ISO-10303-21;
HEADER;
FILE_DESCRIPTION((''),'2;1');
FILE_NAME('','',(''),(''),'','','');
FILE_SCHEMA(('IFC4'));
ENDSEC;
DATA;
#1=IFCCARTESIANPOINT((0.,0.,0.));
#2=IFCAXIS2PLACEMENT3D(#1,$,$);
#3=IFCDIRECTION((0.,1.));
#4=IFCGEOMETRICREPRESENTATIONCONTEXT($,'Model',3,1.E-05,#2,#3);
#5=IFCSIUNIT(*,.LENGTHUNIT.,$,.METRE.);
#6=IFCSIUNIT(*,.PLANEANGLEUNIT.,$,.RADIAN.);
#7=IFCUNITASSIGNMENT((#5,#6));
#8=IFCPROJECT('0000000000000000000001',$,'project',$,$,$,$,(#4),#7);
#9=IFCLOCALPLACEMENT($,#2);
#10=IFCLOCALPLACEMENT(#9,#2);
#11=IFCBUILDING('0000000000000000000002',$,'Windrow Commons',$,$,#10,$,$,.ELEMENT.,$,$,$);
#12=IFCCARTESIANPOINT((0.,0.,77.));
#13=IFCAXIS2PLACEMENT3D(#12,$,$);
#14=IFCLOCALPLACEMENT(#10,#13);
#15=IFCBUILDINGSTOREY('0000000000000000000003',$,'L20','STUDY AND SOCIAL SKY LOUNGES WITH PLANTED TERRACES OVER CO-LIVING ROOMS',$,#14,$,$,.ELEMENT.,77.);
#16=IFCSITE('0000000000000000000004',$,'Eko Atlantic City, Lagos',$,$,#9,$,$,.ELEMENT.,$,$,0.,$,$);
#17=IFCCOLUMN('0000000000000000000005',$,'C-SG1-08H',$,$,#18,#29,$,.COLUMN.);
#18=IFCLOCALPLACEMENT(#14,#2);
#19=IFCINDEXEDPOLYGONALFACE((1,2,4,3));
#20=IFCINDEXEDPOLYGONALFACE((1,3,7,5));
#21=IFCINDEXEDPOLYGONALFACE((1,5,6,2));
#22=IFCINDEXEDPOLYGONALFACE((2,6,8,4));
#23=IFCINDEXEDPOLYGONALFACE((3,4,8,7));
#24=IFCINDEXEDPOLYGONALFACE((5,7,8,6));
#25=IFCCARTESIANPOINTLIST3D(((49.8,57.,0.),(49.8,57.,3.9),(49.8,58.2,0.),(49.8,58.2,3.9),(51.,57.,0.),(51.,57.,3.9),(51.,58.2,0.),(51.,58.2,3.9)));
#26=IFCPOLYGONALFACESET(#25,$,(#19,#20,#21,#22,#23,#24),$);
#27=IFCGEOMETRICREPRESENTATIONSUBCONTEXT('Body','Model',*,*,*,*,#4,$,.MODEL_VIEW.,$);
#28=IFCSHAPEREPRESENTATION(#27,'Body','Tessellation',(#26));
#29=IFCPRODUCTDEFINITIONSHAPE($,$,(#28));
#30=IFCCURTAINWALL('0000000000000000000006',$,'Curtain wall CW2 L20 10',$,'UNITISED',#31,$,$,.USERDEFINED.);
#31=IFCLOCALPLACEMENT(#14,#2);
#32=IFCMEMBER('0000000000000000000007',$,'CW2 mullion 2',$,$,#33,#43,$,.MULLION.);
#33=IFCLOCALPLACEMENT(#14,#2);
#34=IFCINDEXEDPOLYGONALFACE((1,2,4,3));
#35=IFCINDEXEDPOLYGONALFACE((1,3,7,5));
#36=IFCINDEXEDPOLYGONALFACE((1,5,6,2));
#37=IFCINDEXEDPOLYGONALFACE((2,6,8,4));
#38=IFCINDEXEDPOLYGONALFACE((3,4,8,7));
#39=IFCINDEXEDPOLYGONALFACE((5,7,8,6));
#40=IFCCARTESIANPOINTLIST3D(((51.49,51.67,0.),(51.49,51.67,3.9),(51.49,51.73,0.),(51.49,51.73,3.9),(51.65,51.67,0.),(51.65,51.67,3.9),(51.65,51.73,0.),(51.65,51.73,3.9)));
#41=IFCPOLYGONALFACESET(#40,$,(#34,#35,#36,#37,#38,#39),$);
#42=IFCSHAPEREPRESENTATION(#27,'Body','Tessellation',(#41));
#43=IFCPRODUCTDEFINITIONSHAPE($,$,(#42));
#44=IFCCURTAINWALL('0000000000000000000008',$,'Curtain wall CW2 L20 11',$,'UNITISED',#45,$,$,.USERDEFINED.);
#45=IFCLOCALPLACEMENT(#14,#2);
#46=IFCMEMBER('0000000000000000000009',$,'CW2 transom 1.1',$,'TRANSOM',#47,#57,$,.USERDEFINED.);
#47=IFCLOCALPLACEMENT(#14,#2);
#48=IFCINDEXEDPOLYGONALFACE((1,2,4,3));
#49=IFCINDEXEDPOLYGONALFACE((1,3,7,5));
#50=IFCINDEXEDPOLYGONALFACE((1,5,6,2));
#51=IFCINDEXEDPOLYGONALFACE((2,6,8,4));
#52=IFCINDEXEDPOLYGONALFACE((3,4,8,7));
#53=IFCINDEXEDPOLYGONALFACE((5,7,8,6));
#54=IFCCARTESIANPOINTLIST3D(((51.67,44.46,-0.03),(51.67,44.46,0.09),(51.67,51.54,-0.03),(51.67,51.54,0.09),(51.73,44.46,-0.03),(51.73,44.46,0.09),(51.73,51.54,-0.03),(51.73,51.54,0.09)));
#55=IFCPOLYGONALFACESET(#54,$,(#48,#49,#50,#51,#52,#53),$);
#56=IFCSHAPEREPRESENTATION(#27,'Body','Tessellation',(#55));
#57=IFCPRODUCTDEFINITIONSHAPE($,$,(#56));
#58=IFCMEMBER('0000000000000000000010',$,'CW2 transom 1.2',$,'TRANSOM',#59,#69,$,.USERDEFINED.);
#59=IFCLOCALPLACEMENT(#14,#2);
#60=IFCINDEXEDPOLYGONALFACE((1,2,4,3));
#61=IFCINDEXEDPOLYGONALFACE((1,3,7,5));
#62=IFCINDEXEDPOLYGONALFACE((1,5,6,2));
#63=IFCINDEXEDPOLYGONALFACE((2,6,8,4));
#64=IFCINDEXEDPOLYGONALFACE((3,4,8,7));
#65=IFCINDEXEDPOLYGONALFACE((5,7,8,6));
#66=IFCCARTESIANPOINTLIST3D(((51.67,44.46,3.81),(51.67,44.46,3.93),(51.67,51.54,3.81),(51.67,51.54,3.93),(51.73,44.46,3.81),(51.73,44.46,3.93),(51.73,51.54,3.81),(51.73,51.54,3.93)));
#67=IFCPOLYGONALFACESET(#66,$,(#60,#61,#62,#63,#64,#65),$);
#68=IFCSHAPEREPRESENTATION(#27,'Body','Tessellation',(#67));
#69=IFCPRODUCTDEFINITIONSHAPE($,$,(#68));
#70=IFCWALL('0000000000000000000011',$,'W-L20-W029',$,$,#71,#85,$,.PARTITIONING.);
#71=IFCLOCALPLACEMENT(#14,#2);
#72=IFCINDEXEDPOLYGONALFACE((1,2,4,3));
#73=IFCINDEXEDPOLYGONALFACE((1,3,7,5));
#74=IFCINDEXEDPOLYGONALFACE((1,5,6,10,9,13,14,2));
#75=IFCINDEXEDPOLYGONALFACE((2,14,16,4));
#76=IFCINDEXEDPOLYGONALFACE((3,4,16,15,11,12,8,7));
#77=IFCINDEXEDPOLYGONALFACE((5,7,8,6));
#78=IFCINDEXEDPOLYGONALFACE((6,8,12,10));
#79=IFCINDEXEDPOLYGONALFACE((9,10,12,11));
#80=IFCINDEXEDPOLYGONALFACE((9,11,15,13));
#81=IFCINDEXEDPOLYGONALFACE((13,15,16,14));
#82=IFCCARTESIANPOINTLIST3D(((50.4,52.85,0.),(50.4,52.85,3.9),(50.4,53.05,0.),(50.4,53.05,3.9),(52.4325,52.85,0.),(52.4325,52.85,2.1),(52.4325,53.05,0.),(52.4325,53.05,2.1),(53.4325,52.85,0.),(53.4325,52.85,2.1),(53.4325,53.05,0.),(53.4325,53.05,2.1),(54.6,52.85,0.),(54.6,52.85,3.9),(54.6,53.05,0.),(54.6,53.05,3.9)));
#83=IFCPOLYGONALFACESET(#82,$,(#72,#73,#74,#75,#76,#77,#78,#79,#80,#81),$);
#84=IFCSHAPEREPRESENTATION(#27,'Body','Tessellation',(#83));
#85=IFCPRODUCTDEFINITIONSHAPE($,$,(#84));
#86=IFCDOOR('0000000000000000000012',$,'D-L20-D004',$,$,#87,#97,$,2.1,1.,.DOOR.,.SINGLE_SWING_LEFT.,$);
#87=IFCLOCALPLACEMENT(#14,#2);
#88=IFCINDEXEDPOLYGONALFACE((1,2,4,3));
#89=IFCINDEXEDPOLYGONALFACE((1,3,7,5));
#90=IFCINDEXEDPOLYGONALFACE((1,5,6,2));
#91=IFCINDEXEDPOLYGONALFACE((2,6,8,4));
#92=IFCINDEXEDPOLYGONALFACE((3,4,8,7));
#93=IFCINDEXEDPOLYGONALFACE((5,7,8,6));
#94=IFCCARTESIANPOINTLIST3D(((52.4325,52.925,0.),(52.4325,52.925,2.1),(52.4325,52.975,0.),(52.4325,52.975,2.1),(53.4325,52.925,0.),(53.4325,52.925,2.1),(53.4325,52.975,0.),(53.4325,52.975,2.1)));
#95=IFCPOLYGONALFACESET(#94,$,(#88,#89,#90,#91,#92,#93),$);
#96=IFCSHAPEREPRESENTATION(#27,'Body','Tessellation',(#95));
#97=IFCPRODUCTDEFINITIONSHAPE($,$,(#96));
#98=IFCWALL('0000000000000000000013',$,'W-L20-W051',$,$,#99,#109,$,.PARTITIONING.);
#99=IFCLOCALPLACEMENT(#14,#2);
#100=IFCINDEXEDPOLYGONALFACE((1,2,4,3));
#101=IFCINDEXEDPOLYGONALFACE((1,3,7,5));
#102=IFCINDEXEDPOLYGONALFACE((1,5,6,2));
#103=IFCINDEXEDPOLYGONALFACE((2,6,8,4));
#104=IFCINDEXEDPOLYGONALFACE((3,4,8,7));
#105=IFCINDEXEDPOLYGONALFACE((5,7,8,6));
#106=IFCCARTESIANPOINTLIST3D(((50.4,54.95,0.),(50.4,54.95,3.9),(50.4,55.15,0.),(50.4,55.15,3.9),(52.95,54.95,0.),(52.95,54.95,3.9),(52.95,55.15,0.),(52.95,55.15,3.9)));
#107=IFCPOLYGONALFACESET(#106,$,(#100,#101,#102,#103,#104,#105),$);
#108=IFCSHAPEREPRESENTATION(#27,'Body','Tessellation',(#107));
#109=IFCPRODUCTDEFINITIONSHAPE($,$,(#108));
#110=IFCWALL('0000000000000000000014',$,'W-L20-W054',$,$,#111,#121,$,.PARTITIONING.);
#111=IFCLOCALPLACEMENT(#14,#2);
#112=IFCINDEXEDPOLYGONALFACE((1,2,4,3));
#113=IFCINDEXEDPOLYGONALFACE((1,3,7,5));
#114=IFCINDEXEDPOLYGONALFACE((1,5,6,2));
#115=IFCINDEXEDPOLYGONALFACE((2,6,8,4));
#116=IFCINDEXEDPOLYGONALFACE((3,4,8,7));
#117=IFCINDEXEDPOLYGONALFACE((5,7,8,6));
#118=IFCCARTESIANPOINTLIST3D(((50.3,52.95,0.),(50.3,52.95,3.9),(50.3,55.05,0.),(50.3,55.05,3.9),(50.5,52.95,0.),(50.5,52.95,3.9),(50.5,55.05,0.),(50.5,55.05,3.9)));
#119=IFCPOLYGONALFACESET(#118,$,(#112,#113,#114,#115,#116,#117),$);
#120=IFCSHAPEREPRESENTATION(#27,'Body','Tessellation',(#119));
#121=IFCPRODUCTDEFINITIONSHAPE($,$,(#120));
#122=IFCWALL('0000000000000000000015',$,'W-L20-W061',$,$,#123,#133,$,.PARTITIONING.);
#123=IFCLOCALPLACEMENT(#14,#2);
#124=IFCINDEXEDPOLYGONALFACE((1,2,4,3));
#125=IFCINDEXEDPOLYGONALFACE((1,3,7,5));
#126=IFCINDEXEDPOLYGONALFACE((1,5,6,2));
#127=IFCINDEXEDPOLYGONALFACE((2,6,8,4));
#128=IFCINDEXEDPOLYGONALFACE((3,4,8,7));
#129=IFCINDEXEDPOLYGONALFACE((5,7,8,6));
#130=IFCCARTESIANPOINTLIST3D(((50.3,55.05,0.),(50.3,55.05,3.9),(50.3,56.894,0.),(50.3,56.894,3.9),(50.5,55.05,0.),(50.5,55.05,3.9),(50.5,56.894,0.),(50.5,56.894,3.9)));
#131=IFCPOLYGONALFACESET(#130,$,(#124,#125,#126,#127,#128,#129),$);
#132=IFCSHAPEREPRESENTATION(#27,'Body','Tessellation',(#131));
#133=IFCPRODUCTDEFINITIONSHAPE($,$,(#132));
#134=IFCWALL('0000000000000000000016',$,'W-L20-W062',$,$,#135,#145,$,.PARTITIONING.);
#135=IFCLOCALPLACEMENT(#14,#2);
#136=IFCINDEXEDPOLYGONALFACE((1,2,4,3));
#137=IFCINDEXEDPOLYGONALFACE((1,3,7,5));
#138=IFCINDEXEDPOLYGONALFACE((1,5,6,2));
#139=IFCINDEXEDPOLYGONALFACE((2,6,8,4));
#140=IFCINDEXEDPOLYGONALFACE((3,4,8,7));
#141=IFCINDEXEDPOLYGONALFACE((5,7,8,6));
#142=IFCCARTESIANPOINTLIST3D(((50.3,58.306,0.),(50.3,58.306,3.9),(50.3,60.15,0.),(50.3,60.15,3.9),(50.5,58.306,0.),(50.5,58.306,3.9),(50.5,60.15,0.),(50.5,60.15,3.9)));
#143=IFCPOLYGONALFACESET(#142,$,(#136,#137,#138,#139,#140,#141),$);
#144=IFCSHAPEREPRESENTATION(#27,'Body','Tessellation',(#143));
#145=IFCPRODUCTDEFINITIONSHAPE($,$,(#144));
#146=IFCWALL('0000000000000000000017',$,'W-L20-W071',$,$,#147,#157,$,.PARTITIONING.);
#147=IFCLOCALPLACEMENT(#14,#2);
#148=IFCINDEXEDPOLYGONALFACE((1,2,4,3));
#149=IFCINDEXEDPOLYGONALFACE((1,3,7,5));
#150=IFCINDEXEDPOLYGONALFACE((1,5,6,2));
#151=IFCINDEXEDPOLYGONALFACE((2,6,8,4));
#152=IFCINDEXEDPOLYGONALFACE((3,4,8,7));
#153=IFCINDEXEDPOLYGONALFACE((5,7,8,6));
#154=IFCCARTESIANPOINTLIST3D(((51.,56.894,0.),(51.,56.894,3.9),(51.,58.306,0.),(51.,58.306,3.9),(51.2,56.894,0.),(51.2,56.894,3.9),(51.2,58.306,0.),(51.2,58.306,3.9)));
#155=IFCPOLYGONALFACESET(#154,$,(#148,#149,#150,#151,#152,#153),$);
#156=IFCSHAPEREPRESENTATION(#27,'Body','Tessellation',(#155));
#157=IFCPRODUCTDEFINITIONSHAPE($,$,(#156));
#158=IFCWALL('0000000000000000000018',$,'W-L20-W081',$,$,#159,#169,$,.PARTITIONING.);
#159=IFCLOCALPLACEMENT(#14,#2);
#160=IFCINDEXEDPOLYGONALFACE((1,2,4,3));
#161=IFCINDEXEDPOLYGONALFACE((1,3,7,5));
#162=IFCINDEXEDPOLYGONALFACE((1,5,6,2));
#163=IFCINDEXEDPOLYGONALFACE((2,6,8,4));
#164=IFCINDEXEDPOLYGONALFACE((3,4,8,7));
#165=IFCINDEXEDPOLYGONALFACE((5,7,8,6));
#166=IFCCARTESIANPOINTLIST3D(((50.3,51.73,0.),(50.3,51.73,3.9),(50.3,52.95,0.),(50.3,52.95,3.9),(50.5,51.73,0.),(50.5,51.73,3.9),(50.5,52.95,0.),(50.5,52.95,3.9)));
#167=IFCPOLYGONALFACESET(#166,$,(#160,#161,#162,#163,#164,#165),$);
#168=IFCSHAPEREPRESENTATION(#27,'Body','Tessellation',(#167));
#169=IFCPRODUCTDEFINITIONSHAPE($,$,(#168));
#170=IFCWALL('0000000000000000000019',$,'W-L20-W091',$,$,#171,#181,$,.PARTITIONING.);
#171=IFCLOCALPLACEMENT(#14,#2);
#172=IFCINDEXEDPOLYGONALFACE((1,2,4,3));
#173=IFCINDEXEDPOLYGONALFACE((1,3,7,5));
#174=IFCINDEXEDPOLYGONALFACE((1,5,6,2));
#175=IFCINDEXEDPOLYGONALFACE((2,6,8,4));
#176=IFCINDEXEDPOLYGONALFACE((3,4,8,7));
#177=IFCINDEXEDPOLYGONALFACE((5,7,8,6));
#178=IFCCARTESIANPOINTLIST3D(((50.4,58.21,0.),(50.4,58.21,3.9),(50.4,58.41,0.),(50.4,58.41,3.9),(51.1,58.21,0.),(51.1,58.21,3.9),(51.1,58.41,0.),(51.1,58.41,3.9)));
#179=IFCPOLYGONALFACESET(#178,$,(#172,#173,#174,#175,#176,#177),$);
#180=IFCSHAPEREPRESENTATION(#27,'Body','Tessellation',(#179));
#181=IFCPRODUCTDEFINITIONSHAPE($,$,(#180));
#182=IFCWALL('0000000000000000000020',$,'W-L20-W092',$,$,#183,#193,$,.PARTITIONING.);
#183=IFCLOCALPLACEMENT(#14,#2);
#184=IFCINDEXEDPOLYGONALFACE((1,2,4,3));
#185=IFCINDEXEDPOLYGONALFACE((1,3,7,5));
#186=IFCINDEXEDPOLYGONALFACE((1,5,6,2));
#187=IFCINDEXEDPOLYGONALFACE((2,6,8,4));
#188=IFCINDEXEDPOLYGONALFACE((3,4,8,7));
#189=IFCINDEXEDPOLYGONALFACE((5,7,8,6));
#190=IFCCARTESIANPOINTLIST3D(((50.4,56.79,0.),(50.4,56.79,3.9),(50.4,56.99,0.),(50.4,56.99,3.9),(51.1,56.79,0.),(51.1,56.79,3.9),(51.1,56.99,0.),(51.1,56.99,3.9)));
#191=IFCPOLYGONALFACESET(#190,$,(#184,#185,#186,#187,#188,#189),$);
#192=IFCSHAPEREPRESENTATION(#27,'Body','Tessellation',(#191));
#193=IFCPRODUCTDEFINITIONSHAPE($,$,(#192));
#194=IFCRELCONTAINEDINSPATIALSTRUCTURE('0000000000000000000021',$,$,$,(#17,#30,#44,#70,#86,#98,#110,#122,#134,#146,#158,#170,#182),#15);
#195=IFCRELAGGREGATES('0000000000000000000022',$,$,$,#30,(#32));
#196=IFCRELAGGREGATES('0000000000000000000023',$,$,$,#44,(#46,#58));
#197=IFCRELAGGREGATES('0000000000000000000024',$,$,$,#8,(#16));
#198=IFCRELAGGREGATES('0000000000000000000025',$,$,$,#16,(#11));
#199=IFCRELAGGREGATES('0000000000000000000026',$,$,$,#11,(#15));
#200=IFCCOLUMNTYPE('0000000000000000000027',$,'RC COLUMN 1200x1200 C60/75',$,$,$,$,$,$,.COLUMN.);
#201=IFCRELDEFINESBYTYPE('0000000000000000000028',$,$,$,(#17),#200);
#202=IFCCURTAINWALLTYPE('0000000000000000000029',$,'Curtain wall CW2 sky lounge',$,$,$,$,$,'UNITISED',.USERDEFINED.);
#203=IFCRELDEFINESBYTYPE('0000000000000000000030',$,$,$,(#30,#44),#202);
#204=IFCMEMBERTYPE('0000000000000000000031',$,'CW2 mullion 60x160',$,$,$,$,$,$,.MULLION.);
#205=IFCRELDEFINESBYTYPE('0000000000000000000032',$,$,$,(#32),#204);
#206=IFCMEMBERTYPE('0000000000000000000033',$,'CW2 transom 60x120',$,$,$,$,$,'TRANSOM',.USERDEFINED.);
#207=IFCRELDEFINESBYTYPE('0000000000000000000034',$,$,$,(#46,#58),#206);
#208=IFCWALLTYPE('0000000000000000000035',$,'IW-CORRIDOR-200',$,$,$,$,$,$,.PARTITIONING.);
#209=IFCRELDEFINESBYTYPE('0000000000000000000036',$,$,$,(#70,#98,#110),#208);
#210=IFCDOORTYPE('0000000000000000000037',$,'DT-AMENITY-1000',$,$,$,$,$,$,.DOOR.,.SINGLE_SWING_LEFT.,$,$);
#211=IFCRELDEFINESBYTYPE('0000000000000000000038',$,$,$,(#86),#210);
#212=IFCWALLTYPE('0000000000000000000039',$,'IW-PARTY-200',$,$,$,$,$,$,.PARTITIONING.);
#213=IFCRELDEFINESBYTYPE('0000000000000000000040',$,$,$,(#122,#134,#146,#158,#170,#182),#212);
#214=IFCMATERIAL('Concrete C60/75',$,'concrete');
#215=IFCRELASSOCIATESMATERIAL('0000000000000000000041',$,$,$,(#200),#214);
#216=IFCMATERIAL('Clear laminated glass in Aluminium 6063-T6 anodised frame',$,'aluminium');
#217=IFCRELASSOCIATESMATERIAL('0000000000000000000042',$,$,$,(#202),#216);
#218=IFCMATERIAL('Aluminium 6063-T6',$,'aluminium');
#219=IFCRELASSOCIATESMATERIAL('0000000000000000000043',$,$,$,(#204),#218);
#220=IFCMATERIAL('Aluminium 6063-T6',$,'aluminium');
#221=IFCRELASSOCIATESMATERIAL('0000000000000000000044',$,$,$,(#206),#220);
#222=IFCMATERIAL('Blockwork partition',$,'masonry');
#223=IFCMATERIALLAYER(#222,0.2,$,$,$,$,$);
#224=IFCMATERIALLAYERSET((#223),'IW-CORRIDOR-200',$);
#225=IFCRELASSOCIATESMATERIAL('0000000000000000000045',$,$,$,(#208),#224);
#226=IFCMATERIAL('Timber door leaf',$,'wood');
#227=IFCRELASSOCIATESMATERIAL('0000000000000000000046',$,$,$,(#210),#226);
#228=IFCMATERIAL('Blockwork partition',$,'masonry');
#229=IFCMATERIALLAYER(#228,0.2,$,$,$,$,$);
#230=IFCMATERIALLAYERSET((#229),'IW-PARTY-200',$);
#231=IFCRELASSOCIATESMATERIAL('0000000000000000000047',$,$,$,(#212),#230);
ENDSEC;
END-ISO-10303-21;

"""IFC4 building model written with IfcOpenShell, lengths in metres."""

from ifc_helpers import new_model, si_unit, direction, frame, frame_2d, origin, origin_2d, place, context, subcontext, project, spatial, rectangle, extrude, material, layer, layer_set, material_profile, profile_set, type_object, element, fill, aggregate, save


model = new_model("IFC4")

# Units and contexts
model_context = context("Model", 3, precision=1e-05, world=origin(), true_north=direction((0.0, 1.0)))
body_context = subcontext(model_context, "Body", "Model", "MODEL_VIEW")
ifc_project = project(units=[si_unit("LENGTHUNIT", "METRE"), si_unit("PLANEANGLEUNIT", "RADIAN")], contexts=[model_context])

# Site, building, storey
site_placement = place(None, origin())
site = spatial("IfcSite", under=ifc_project, at=site_placement, Name="Eko Atlantic City, Lagos", CompositionType="ELEMENT", RefElevation=0.0)
building_placement = place(site_placement, origin())
building = spatial("IfcBuilding", under=site, at=building_placement, Name="Windrow Commons", CompositionType="ELEMENT")
storey_placement = place(building_placement, frame((0.0, 0.0, 77.0)))
storey = spatial("IfcBuildingStorey", under=building, at=storey_placement, Name="L20", Description="STUDY AND SOCIAL SKY LOUNGES WITH PLANTED TERRACES OVER CO-LIVING ROOMS", CompositionType="ELEMENT", Elevation=77.0)

# Column
ifc_material_1 = material(Name="Concrete C60/75", Category="concrete")
ifc_material_profile_1 = material_profile(ifc_material_1, rectangle(XDim=1.2, YDim=1.2, at=origin_2d()))
ifc_profile_set_1 = profile_set([ifc_material_profile_1], Name="Concrete C60/75")
column_type = type_object("IfcColumnType", Name="RC COLUMN 1200x1200 C60/75", PredefinedType="COLUMN", material=ifc_profile_set_1)
column_placement = place(storey_placement, frame((50.4, 57.6, 0.0), z_axis=(0.0, 0.0, 1.0), x_axis=(1.0, 0.0, 0.0)))
element("IfcColumn", 1, at=column_placement, inside=storey, type_object=column_type, Name="C-SG1-08H", PredefinedType="COLUMN", context=body_context, shape_type="SweptSolid", body=[
    extrude(rectangle(XDim=1.2, YDim=1.2, at=origin_2d()), origin(), (0.0, 0.0, 1.0), 3.9),
])

# Curtain wall, member
ifc_material_2 = material(Name="Clear laminated glass in Aluminium 6063-T6 anodised frame", Category="aluminium")
curtain_wall_type = type_object("IfcCurtainWallType", Name="Curtain wall CW2 sky lounge", ElementType="UNITISED", PredefinedType="USERDEFINED", material=ifc_material_2)
placement = place(storey_placement, origin())
curtain_wall_1 = element("IfcCurtainWall", 2, at=placement, inside=storey, type_object=curtain_wall_type, Name="Curtain wall CW2 L20 10", ObjectType="UNITISED", PredefinedType="USERDEFINED")
ifc_material_3 = material(Name="Aluminium 6063-T6", Category="aluminium")
ifc_material_profile_2 = material_profile(ifc_material_3, rectangle(XDim=0.06, YDim=0.16, at=origin_2d()))
ifc_profile_set_2 = profile_set([ifc_material_profile_2], Name="Aluminium 6063-T6")
member_type_1 = type_object("IfcMemberType", Name="CW2 mullion 60x160", PredefinedType="MULLION", material=ifc_profile_set_2)
member_1_placement = place(storey_placement, frame((51.57, 51.7, 0.0), z_axis=(0.0, 0.0, 1.0), x_axis=(0.0, 1.0, 0.0)))
member_1 = element("IfcMember", 3, at=member_1_placement, type_object=member_type_1, Name="CW2 mullion 2", PredefinedType="MULLION", context=body_context, shape_type="SweptSolid", body=[
    extrude(rectangle(XDim=0.06, YDim=0.16, at=origin_2d()), origin(), (0.0, 0.0, 1.0), 3.9),
])
aggregate(curtain_wall_1, [member_1])

# Curtain wall, members
curtain_wall_2 = element("IfcCurtainWall", 4, at=placement, inside=storey, type_object=curtain_wall_type, Name="Curtain wall CW2 L20 11", ObjectType="UNITISED", PredefinedType="USERDEFINED")
ifc_material_4 = material(Name="Aluminium 6063-T6", Category="aluminium")
ifc_material_profile_3 = material_profile(ifc_material_4, rectangle(XDim=0.06, YDim=0.12, at=origin_2d()))
ifc_profile_set_3 = profile_set([ifc_material_profile_3], Name="Aluminium 6063-T6")
member_type_2 = type_object("IfcMemberType", Name="CW2 transom 60x120", ElementType="TRANSOM", PredefinedType="USERDEFINED", material=ifc_profile_set_3)
member_2_placement = place(storey_placement, frame((51.7, 51.54, 0.03), z_axis=(0.0, -1.0, 0.0), x_axis=(1.0, 0.0, 0.0)))
member_2 = element("IfcMember", 5, at=member_2_placement, type_object=member_type_2, Name="CW2 transom 1.1", ObjectType="TRANSOM", PredefinedType="USERDEFINED", context=body_context, shape_type="SweptSolid", body=[
    extrude(rectangle(XDim=0.06, YDim=0.12, at=origin_2d()), origin(), (0.0, 0.0, 1.0), 7.08),
])
member_3_placement = place(storey_placement, frame((51.7, 51.54, 3.87), z_axis=(0.0, -1.0, 0.0), x_axis=(1.0, 0.0, 0.0)))
member_3 = element("IfcMember", 6, at=member_3_placement, type_object=member_type_2, Name="CW2 transom 1.2", ObjectType="TRANSOM", PredefinedType="USERDEFINED", context=body_context, shape_type="SweptSolid", body=[
    extrude(rectangle(XDim=0.06, YDim=0.12, at=origin_2d()), origin(), (0.0, 0.0, 1.0), 7.08),
])
aggregate(curtain_wall_2, [member_2, member_3])

# Wall, opening, door
ifc_material_5 = material(Name="Blockwork partition", Category="masonry")
ifc_layer_1 = layer(ifc_material_5, 0.2)
ifc_layer_set_1 = layer_set([ifc_layer_1], Name="IW-CORRIDOR-200")
wall_type_1 = type_object("IfcWallType", Name="IW-CORRIDOR-200", PredefinedType="PARTITIONING", material=ifc_layer_set_1)
wall_1_placement = place(storey_placement, frame((50.4, 52.95, 0.0), z_axis=(0.0, 0.0, 1.0), x_axis=(1.0, 0.0, 0.0)))
wall_1 = element("IfcWall", 7, at=wall_1_placement, inside=storey, type_object=wall_type_1, Name="W-L20-W029", PredefinedType="PARTITIONING", context=body_context, shape_type="SweptSolid", body=[
    extrude(rectangle(XDim=4.2, YDim=0.2, at=frame_2d((2.1, 0.0))), origin(), (0.0, 0.0, 1.0), 3.9),
])
opening_placement = place(wall_1_placement, frame((2.0325, 0.0, 0.0)))
opening = element("IfcOpeningElement", 8, at=opening_placement, cuts=wall_1, PredefinedType="OPENING", context=body_context, shape_type="SweptSolid", body=[
    extrude(rectangle(XDim=1.0, YDim=2.1, at=frame_2d((0.5, 1.05))), frame((0.0, 0.11, 0.0), z_axis=(0.0, -1.0, 0.0), x_axis=(1.0, 0.0, 0.0)), (0.0, 0.0, 1.0), 0.22),
])
ifc_material_6 = material(Name="Timber door leaf", Category="wood")
door_type = type_object("IfcDoorType", Name="DT-AMENITY-1000", OperationType="SINGLE_SWING_LEFT", PredefinedType="DOOR", material=ifc_material_6)
door_placement = place(opening_placement, origin())
door = element("IfcDoor", 9, at=door_placement, inside=storey, type_object=door_type, Name="D-L20-D004", OperationType="SINGLE_SWING_LEFT", OverallHeight=2.1, OverallWidth=1.0, PredefinedType="DOOR", context=body_context, shape_type="SweptSolid", body=[
    extrude(rectangle(XDim=1.0, YDim=2.1, at=frame_2d((0.5, 1.05))), frame((0.0, 0.025, 0.0), z_axis=(0.0, -1.0, 0.0), x_axis=(1.0, 0.0, 0.0)), (0.0, 0.0, 1.0), 0.05),
])
fill(opening, door)

# Walls
wall_2_placement = place(storey_placement, frame((50.4, 55.05, 0.0), z_axis=(0.0, 0.0, 1.0), x_axis=(1.0, 0.0, 0.0)))
element("IfcWall", 10, at=wall_2_placement, inside=storey, type_object=wall_type_1, Name="W-L20-W051", PredefinedType="PARTITIONING", context=body_context, shape_type="SweptSolid", body=[
    extrude(rectangle(XDim=2.55, YDim=0.2, at=frame_2d((1.275, 0.0))), origin(), (0.0, 0.0, 1.0), 3.9),
])
wall_3_placement = place(storey_placement, frame((50.4, 52.95, 0.0), z_axis=(0.0, 0.0, 1.0), x_axis=(0.0, 1.0, 0.0)))
element("IfcWall", 11, at=wall_3_placement, inside=storey, type_object=wall_type_1, Name="W-L20-W054", PredefinedType="PARTITIONING", context=body_context, shape_type="SweptSolid", body=[
    extrude(rectangle(XDim=2.1, YDim=0.2, at=frame_2d((1.05, 0.0))), origin(), (0.0, 0.0, 1.0), 3.9),
])
ifc_material_7 = material(Name="Blockwork partition", Category="masonry")
ifc_layer_2 = layer(ifc_material_7, 0.2)
ifc_layer_set_2 = layer_set([ifc_layer_2], Name="IW-PARTY-200")
wall_type_2 = type_object("IfcWallType", Name="IW-PARTY-200", PredefinedType="PARTITIONING", material=ifc_layer_set_2)
for number, where, z_axis, x_axis, name in (
    (12, (50.4, 55.05, 0.0), (0.0, 0.0, 1.0), (0.0, 1.0, 0.0), "W-L20-W061"),
    (13, (50.4, 58.306, 0.0), (0.0, 0.0, 1.0), (0.0, 1.0, 0.0), "W-L20-W062"),
):
    element("IfcWall", number, at=place(storey_placement, frame(where, z_axis=z_axis, x_axis=x_axis)), inside=storey, type_object=wall_type_2, Name=name, PredefinedType="PARTITIONING", context=body_context, shape_type="SweptSolid", body=[
        extrude(rectangle(XDim=1.844, YDim=0.2, at=frame_2d((0.922, 0.0))), origin(), (0.0, 0.0, 1.0), 3.9),
    ])
wall_4_placement = place(storey_placement, frame((51.1, 56.894, 0.0), z_axis=(0.0, 0.0, 1.0), x_axis=(0.0, 1.0, 0.0)))
element("IfcWall", 14, at=wall_4_placement, inside=storey, type_object=wall_type_2, Name="W-L20-W071", PredefinedType="PARTITIONING", context=body_context, shape_type="SweptSolid", body=[
    extrude(rectangle(XDim=1.412, YDim=0.2, at=frame_2d((0.706, 0.0))), origin(), (0.0, 0.0, 1.0), 3.9),
])
wall_5_placement = place(storey_placement, frame((50.4, 51.73, 0.0), z_axis=(0.0, 0.0, 1.0), x_axis=(0.0, 1.0, 0.0)))
element("IfcWall", 15, at=wall_5_placement, inside=storey, type_object=wall_type_2, Name="W-L20-W081", PredefinedType="PARTITIONING", context=body_context, shape_type="SweptSolid", body=[
    extrude(rectangle(XDim=1.22, YDim=0.2, at=frame_2d((0.61, 0.0))), origin(), (0.0, 0.0, 1.0), 3.9),
])
for number, where, z_axis, x_axis, name in (
    (16, (50.4, 58.31, 0.0), (0.0, 0.0, 1.0), (1.0, 0.0, 0.0), "W-L20-W091"),
    (17, (50.4, 56.89, 0.0), (0.0, 0.0, 1.0), (1.0, 0.0, 0.0), "W-L20-W092"),
):
    element("IfcWall", number, at=place(storey_placement, frame(where, z_axis=z_axis, x_axis=x_axis)), inside=storey, type_object=wall_type_2, Name=name, PredefinedType="PARTITIONING", context=body_context, shape_type="SweptSolid", body=[
        extrude(rectangle(XDim=0.7, YDim=0.2, at=frame_2d((0.35, 0.0))), origin(), (0.0, 0.0, 1.0), 3.9),
    ])

save(model, "model.ifc")
